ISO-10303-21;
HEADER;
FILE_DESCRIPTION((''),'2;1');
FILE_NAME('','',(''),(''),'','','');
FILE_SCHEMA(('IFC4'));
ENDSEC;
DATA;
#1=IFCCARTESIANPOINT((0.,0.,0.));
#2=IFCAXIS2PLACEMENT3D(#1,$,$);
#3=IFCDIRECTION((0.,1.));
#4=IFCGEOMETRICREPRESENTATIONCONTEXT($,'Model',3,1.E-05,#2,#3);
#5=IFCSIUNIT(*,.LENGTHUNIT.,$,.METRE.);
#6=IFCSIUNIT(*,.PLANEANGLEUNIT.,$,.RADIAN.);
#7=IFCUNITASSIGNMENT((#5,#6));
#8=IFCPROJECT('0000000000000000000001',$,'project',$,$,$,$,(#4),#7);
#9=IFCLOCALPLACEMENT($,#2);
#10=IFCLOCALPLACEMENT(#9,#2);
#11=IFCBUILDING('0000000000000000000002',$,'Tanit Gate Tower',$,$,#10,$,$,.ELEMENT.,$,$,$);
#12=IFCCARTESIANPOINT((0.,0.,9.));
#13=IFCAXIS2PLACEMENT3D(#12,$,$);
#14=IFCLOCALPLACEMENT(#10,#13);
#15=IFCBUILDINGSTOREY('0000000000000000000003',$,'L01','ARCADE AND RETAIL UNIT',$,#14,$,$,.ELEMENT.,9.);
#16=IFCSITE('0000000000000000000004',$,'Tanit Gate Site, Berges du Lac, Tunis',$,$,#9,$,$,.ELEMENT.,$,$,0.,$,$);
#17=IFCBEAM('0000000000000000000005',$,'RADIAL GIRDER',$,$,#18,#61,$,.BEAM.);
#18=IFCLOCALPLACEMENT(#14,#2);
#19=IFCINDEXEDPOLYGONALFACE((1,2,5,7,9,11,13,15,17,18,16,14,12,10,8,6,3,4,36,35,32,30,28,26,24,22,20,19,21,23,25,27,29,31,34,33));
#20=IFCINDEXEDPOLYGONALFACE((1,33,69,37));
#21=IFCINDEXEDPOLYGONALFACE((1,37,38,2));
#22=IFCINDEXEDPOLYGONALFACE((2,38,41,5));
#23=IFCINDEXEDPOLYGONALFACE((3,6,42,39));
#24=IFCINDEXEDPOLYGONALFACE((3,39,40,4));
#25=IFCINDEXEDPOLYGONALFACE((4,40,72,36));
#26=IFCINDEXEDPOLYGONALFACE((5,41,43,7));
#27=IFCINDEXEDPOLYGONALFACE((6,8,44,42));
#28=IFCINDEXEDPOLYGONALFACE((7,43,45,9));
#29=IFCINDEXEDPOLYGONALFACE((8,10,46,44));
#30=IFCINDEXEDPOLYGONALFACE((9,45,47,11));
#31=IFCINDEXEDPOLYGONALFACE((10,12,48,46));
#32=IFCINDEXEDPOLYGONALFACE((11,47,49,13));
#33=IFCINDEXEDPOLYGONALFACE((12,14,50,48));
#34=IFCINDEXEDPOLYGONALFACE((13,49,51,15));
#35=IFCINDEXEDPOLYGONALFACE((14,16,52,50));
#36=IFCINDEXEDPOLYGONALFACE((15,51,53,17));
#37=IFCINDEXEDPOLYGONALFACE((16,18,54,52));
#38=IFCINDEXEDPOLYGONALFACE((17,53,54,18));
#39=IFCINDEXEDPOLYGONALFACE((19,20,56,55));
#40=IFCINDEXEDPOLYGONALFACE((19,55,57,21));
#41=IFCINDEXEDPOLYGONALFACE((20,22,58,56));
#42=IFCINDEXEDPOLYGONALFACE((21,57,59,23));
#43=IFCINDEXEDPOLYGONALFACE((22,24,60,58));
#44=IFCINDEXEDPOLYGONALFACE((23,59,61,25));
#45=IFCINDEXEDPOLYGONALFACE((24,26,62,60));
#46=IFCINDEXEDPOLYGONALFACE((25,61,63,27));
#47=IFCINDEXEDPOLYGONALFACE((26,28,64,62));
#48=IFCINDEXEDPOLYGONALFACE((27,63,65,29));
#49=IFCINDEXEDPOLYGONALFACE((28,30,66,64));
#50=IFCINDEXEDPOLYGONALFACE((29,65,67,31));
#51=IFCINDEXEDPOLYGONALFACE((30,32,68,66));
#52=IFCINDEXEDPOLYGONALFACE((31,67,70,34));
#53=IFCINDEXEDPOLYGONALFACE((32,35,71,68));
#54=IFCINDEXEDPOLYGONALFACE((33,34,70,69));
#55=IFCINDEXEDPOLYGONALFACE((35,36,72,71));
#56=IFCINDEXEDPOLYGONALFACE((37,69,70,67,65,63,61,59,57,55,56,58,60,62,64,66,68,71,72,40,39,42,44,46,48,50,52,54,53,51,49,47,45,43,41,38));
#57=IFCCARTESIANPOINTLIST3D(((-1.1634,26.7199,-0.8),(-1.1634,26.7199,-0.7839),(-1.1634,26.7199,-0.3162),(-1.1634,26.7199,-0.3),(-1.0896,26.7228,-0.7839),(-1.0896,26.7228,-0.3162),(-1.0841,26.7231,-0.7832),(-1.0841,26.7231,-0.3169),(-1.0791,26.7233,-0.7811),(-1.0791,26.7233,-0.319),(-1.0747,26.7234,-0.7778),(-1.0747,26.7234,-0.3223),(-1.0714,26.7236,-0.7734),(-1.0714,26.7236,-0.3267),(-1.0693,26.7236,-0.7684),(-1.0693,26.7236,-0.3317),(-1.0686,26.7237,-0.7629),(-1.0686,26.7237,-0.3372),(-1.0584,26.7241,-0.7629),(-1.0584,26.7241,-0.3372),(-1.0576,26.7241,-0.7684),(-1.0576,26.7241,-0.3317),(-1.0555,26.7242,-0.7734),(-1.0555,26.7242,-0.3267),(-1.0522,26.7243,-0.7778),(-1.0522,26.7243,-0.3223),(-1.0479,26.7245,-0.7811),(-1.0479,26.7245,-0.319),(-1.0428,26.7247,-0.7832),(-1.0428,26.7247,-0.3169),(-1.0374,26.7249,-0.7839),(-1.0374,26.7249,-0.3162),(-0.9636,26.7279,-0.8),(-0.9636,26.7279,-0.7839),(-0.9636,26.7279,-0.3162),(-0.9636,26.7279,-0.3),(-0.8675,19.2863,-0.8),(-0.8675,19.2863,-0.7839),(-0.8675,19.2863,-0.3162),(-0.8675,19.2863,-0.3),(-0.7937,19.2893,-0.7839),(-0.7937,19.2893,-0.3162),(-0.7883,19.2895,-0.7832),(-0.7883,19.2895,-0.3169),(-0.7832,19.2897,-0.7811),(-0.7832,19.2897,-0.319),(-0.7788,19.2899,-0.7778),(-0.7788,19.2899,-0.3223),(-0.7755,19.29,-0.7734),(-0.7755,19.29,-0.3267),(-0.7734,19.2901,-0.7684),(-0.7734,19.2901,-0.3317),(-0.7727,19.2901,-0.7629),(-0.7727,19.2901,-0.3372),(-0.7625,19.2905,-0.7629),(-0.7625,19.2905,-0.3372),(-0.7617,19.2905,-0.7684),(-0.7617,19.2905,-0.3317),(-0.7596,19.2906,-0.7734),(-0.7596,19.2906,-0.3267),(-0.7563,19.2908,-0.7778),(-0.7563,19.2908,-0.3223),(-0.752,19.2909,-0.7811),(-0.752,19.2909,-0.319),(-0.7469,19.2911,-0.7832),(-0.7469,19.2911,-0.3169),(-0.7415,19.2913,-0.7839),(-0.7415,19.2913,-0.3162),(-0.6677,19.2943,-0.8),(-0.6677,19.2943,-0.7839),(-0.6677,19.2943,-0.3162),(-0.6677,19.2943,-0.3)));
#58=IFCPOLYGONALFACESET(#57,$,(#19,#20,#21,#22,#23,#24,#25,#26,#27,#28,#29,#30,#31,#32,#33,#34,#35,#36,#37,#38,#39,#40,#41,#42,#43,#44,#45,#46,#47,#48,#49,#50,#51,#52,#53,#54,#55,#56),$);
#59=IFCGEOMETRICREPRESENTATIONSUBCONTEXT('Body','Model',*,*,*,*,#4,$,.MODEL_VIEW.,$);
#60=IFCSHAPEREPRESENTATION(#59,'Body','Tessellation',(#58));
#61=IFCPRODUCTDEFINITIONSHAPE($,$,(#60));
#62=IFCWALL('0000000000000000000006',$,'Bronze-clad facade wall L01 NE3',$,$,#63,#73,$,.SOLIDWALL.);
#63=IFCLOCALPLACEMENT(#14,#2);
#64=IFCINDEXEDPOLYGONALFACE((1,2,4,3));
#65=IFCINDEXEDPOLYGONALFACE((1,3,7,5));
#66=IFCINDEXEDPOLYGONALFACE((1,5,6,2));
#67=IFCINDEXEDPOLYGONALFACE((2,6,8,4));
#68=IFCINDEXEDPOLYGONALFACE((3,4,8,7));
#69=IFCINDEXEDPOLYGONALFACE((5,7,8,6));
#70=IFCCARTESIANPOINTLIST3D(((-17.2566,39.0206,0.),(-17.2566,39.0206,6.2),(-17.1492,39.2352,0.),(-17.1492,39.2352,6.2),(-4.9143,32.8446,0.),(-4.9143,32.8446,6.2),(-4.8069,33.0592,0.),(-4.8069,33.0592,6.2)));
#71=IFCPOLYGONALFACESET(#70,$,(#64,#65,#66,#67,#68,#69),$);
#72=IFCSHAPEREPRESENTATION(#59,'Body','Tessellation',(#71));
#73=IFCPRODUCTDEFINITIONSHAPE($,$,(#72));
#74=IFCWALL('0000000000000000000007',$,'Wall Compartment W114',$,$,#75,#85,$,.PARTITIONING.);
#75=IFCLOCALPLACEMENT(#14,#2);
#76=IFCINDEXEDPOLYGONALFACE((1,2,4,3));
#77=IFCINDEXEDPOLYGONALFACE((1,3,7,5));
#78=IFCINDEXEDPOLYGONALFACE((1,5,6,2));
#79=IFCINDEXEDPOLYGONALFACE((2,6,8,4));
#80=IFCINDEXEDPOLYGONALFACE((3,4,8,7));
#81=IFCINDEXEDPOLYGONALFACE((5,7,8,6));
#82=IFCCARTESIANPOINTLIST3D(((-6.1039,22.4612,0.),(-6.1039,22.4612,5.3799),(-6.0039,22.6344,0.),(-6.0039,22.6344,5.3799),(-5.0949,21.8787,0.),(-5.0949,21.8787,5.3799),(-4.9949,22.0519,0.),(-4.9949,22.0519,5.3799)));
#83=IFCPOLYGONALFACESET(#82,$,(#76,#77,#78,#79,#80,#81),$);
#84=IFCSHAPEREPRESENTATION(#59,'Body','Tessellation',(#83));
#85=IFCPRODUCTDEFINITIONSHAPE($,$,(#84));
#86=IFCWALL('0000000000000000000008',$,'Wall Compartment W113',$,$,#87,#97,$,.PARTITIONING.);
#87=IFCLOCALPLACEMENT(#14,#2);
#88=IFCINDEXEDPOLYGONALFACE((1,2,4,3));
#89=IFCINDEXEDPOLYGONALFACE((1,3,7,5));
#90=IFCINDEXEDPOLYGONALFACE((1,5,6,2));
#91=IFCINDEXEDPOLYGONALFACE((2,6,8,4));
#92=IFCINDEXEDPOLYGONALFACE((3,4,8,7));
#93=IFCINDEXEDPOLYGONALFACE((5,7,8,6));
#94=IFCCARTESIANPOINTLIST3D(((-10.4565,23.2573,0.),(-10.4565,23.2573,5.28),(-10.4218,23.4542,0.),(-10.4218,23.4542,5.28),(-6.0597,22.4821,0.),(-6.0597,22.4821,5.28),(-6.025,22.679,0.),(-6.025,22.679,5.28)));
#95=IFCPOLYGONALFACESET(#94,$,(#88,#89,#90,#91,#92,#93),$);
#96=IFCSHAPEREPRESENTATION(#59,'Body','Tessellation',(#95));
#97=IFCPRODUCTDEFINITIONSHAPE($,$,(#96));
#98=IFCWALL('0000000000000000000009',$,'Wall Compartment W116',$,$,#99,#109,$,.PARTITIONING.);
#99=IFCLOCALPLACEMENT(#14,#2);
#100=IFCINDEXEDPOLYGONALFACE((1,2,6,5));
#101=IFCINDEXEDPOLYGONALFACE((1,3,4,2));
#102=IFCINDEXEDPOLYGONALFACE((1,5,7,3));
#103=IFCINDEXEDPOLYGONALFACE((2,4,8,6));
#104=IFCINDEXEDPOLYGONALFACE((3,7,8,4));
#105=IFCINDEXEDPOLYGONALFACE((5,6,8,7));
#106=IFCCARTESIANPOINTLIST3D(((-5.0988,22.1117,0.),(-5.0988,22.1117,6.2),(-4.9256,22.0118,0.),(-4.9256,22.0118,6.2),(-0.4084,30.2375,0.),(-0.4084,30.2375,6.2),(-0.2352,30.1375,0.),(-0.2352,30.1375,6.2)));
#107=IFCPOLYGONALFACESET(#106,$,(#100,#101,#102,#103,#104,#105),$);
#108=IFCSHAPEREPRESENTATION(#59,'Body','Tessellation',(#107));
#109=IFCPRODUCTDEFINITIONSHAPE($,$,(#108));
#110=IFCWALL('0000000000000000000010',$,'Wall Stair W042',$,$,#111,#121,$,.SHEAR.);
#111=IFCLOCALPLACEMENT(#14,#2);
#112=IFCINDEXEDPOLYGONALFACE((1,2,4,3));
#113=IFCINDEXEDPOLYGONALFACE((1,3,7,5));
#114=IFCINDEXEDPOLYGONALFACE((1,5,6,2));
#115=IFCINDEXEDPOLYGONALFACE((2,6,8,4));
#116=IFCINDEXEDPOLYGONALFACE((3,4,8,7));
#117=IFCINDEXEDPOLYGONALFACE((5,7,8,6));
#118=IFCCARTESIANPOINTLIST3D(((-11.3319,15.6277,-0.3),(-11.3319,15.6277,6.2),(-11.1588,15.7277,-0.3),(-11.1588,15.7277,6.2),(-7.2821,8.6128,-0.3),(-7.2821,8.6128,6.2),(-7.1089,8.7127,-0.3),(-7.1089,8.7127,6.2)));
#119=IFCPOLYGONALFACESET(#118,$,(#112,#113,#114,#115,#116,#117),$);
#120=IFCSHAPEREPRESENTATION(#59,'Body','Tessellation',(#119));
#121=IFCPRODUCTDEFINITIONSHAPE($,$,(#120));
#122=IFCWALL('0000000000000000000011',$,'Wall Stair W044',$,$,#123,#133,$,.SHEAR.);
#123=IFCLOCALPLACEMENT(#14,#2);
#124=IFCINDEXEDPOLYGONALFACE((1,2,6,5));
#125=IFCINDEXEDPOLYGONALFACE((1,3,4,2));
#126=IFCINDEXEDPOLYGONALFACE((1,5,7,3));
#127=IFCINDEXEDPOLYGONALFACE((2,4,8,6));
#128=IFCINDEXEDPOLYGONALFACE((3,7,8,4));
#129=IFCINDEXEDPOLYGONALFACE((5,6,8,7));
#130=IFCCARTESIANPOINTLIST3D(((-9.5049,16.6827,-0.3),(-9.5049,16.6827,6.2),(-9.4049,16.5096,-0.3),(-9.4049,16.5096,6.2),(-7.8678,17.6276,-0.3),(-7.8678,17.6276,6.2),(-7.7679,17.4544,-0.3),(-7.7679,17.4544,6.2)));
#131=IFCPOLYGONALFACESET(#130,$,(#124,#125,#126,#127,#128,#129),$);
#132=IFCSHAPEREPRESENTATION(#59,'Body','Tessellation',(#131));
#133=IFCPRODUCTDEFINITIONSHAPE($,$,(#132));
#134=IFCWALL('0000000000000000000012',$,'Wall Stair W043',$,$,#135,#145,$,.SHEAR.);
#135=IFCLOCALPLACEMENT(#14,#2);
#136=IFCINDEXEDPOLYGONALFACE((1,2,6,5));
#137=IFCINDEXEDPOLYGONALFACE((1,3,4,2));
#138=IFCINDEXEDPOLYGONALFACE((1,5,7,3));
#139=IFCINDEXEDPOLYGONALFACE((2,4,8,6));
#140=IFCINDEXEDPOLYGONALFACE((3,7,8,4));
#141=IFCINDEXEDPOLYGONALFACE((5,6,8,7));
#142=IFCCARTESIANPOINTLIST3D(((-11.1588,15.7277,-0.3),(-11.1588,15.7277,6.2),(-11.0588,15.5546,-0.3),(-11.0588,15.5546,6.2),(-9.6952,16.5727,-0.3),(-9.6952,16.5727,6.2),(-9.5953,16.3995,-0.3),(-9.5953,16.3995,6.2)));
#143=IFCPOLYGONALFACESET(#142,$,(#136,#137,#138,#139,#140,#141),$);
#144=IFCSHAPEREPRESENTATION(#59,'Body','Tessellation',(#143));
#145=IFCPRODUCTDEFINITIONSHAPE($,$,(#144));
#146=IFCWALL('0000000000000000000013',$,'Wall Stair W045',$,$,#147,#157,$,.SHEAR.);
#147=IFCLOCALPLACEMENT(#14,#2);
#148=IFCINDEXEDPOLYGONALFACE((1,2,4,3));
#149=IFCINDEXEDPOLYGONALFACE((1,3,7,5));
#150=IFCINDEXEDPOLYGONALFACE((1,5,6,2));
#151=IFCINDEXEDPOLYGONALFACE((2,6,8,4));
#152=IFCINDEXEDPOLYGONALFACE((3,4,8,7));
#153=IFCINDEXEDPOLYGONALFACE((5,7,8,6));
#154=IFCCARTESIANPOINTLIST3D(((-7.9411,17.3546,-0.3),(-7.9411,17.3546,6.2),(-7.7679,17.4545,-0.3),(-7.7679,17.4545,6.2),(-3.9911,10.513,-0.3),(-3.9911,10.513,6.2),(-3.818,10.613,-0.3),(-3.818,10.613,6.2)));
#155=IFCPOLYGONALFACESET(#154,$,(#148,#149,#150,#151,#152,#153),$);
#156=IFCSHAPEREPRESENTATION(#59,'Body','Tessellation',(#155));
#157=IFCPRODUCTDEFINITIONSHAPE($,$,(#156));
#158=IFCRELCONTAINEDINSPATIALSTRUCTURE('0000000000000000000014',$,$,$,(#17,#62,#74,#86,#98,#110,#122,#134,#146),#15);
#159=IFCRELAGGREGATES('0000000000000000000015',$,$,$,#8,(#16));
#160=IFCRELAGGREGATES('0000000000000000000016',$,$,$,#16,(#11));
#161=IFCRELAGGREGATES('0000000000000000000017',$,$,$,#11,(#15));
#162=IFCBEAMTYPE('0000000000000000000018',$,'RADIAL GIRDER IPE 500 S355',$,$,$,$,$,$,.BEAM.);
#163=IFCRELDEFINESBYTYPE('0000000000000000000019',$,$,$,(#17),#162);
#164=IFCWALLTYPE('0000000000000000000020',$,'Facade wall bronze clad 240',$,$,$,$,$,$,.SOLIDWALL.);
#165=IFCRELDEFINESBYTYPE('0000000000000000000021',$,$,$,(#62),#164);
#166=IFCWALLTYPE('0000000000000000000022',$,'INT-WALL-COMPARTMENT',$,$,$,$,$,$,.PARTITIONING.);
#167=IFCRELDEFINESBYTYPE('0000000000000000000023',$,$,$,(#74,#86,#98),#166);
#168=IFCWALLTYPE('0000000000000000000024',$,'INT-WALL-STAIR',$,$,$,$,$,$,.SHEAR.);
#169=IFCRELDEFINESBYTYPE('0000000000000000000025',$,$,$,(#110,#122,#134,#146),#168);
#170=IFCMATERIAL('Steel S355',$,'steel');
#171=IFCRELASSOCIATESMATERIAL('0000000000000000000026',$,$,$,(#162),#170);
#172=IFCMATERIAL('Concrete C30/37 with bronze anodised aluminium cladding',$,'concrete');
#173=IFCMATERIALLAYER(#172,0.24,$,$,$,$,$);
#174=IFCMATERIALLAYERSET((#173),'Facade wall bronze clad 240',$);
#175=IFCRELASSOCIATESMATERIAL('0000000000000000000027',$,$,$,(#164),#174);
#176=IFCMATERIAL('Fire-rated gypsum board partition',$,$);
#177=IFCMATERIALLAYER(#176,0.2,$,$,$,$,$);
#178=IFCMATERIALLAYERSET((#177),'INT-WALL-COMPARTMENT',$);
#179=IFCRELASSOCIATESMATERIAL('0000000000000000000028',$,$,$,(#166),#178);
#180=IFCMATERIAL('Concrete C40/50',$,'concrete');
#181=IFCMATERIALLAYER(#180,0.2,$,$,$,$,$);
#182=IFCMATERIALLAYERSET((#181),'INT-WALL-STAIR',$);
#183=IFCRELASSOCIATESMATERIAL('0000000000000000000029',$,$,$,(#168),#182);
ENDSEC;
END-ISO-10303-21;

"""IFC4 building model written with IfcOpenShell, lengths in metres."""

from ifc_helpers import new_model, si_unit, direction, frame, frame_2d, origin, origin_2d, place, context, subcontext, project, spatial, rectangle, i_section, extrude, material, layer, layer_set, material_profile, profile_set, type_object, element, save


model = new_model("IFC4")

# Units and contexts
model_context = context("Model", 3, precision=1e-05, world=origin(), true_north=direction((0.0, 1.0)))
body_context = subcontext(model_context, "Body", "Model", "MODEL_VIEW")
ifc_project = project(units=[si_unit("LENGTHUNIT", "METRE"), si_unit("PLANEANGLEUNIT", "RADIAN")], contexts=[model_context])

# Site, building, storey
site_placement = place(None, origin())
site = spatial("IfcSite", under=ifc_project, at=site_placement, Name="Tanit Gate Site, Berges du Lac, Tunis", CompositionType="ELEMENT", RefElevation=0.0)
building_placement = place(site_placement, origin())
building = spatial("IfcBuilding", under=site, at=building_placement, Name="Tanit Gate Tower", CompositionType="ELEMENT")
storey_placement = place(building_placement, frame((0.0, 0.0, 9.0)))
storey = spatial("IfcBuildingStorey", under=building, at=storey_placement, Name="L01", Description="ARCADE AND RETAIL UNIT", CompositionType="ELEMENT", Elevation=9.0)

# Beam
ifc_material_1 = material(Name="Steel S355", Category="steel")
ifc_material_profile_1 = material_profile(ifc_material_1, i_section(OverallWidth=0.2, OverallDepth=0.5, WebThickness=0.0103, FlangeThickness=0.0161, FilletRadius=0.021, at=origin_2d()), Name="IPE 500")
ifc_profile_set_1 = profile_set([ifc_material_profile_1], Name="Steel S355")
beam_type_1 = type_object("IfcBeamType", Name="RADIAL GIRDER IPE 500 S355", PredefinedType="BEAM", material=ifc_profile_set_1)
beam_1_placement = place(storey_placement, frame((-1.0635, 26.7239, -0.55), z_axis=(0.039774, -0.999209, 0.0), x_axis=(0.999209, 0.039774, 0.0)))
element("IfcBeam", 1, at=beam_1_placement, inside=storey, type_object=beam_type_1, Name="RADIAL GIRDER", PredefinedType="BEAM", context=body_context, shape_type="SweptSolid", body=[
    extrude(i_section(OverallWidth=0.2, OverallDepth=0.5, WebThickness=0.0103, FlangeThickness=0.0161, FilletRadius=0.021, at=origin_2d()), origin(), (0.0, 0.0, 1.0), 7.4395),
])

# Walls
ifc_material_2 = material(Name="Concrete C30/37 with bronze anodised aluminium cladding", Category="concrete")
ifc_layer_1 = layer(ifc_material_2, 0.24)
ifc_layer_set_1 = layer_set([ifc_layer_1], Name="Facade wall bronze clad 240")
wall_type_1 = type_object("IfcWallType", Name="Facade wall bronze clad 240", PredefinedType="SOLIDWALL", material=ifc_layer_set_1)
wall_1_placement = place(storey_placement, frame((-4.8606, 32.9519, 0.0), z_axis=(0.0, 0.0, 1.0), x_axis=(-0.894286, 0.447497, 0.0)))
element("IfcWall", 2, at=wall_1_placement, inside=storey, type_object=wall_type_1, Name="Bronze-clad facade wall L01 NE3", PredefinedType="SOLIDWALL", context=body_context, shape_type="SweptSolid", body=[
    extrude(rectangle(XDim=13.8013, YDim=0.24, at=frame_2d((6.9006, 0.0))), origin(), (0.0, 0.0, 1.0), 6.2),
])
ifc_material_3 = material(Name="Fire-rated gypsum board partition")
ifc_layer_2 = layer(ifc_material_3, 0.2)
ifc_layer_set_2 = layer_set([ifc_layer_2], Name="INT-WALL-COMPARTMENT")
wall_type_2 = type_object("IfcWallType", Name="INT-WALL-COMPARTMENT", PredefinedType="PARTITIONING", material=ifc_layer_set_2)
wall_2_placement = place(storey_placement, frame((-5.0449, 21.9653, 0.0), z_axis=(0.0, 0.0, 1.0), x_axis=(-0.866043, 0.49997, 0.0)))
element("IfcWall", 3, at=wall_2_placement, inside=storey, type_object=wall_type_2, Name="Wall Compartment W114", PredefinedType="PARTITIONING", context=body_context, shape_type="SweptSolid", body=[
    extrude(rectangle(XDim=1.165, YDim=0.2, at=frame_2d((0.5825, 0.0))), origin(), (0.0, 0.0, 1.0), 5.3799),
])
wall_3_placement = place(storey_placement, frame((-6.0422, 22.5806, 0.0), z_axis=(0.0, 0.0, 1.0), x_axis=(-0.984812, 0.173623, 0.0)))
element("IfcWall", 4, at=wall_3_placement, inside=storey, type_object=wall_type_2, Name="Wall Compartment W113", PredefinedType="PARTITIONING", context=body_context, shape_type="SweptSolid", body=[
    extrude(rectangle(XDim=4.4646, YDim=0.2, at=frame_2d((2.2324, 0.0))), origin(), (0.0, 0.0, 1.0), 5.28),
])
wall_4_placement = place(storey_placement, frame((-5.0122, 22.0618, 0.0), z_axis=(0.0, 0.0, 1.0), x_axis=(0.499923, 0.86607, 0.0)))
element("IfcWall", 5, at=wall_4_placement, inside=storey, type_object=wall_type_2, Name="Wall Compartment W116", PredefinedType="PARTITIONING", context=body_context, shape_type="SweptSolid", body=[
    extrude(rectangle(XDim=9.3823, YDim=0.2, at=frame_2d((4.6912, 0.0))), origin(), (0.0, 0.0, 1.0), 6.2),
])
ifc_material_4 = material(Name="Concrete C40/50", Category="concrete")
ifc_layer_3 = layer(ifc_material_4, 0.2)
ifc_layer_set_3 = layer_set([ifc_layer_3], Name="INT-WALL-STAIR")
wall_type_3 = type_object("IfcWallType", Name="INT-WALL-STAIR", PredefinedType="SHEAR", material=ifc_layer_set_3)
wall_5_placement = place(storey_placement, frame((-11.2454, 15.6777, -0.3), z_axis=(0.0, 0.0, 1.0), x_axis=(0.499977, -0.866039, 0.0)))
element("IfcWall", 6, at=wall_5_placement, inside=storey, type_object=wall_type_3, Name="Wall Stair W042", PredefinedType="SHEAR", context=body_context, shape_type="SweptSolid", body=[
    extrude(rectangle(XDim=8.1001, YDim=0.2, at=frame_2d((4.05, 0.0))), origin(), (0.0, 0.0, 1.0), 6.5),
])
wall_6_placement = place(storey_placement, frame((-7.8179, 17.541, -0.3), z_axis=(0.0, 0.0, 1.0), x_axis=(-0.866089, -0.49989, 0.0)))
element("IfcWall", 7, at=wall_6_placement, inside=storey, type_object=wall_type_3, Name="Wall Stair W044", PredefinedType="SHEAR", context=body_context, shape_type="SweptSolid", body=[
    extrude(rectangle(XDim=1.8901, YDim=0.2, at=frame_2d((0.9451, 0.0))), origin(), (0.0, 0.0, 1.0), 6.5),
])
wall_7_placement = place(storey_placement, frame((-9.6453, 16.4861, -0.3), z_axis=(0.0, 0.0, 1.0), x_axis=(-0.866039, -0.499977, 0.0)))
element("IfcWall", 8, at=wall_7_placement, inside=storey, type_object=wall_type_3, Name="Wall Stair W043", PredefinedType="SHEAR", context=body_context, shape_type="SweptSolid", body=[
    extrude(rectangle(XDim=1.6899, YDim=0.2, at=frame_2d((0.845, 0.0))), origin(), (0.0, 0.0, 1.0), 6.5),
])
wall_8_placement = place(storey_placement, frame((-7.8545, 17.4045, -0.3), z_axis=(0.0, 0.0, 1.0), x_axis=(0.499998, -0.866027, 0.0)))
element("IfcWall", 9, at=wall_8_placement, inside=storey, type_object=wall_type_3, Name="Wall Stair W045", PredefinedType="SHEAR", context=body_context, shape_type="SweptSolid", body=[
    extrude(rectangle(XDim=7.8999, YDim=0.2, at=frame_2d((3.95, 0.0))), origin(), (0.0, 0.0, 1.0), 6.5),
])

save(model, "model.ifc")
